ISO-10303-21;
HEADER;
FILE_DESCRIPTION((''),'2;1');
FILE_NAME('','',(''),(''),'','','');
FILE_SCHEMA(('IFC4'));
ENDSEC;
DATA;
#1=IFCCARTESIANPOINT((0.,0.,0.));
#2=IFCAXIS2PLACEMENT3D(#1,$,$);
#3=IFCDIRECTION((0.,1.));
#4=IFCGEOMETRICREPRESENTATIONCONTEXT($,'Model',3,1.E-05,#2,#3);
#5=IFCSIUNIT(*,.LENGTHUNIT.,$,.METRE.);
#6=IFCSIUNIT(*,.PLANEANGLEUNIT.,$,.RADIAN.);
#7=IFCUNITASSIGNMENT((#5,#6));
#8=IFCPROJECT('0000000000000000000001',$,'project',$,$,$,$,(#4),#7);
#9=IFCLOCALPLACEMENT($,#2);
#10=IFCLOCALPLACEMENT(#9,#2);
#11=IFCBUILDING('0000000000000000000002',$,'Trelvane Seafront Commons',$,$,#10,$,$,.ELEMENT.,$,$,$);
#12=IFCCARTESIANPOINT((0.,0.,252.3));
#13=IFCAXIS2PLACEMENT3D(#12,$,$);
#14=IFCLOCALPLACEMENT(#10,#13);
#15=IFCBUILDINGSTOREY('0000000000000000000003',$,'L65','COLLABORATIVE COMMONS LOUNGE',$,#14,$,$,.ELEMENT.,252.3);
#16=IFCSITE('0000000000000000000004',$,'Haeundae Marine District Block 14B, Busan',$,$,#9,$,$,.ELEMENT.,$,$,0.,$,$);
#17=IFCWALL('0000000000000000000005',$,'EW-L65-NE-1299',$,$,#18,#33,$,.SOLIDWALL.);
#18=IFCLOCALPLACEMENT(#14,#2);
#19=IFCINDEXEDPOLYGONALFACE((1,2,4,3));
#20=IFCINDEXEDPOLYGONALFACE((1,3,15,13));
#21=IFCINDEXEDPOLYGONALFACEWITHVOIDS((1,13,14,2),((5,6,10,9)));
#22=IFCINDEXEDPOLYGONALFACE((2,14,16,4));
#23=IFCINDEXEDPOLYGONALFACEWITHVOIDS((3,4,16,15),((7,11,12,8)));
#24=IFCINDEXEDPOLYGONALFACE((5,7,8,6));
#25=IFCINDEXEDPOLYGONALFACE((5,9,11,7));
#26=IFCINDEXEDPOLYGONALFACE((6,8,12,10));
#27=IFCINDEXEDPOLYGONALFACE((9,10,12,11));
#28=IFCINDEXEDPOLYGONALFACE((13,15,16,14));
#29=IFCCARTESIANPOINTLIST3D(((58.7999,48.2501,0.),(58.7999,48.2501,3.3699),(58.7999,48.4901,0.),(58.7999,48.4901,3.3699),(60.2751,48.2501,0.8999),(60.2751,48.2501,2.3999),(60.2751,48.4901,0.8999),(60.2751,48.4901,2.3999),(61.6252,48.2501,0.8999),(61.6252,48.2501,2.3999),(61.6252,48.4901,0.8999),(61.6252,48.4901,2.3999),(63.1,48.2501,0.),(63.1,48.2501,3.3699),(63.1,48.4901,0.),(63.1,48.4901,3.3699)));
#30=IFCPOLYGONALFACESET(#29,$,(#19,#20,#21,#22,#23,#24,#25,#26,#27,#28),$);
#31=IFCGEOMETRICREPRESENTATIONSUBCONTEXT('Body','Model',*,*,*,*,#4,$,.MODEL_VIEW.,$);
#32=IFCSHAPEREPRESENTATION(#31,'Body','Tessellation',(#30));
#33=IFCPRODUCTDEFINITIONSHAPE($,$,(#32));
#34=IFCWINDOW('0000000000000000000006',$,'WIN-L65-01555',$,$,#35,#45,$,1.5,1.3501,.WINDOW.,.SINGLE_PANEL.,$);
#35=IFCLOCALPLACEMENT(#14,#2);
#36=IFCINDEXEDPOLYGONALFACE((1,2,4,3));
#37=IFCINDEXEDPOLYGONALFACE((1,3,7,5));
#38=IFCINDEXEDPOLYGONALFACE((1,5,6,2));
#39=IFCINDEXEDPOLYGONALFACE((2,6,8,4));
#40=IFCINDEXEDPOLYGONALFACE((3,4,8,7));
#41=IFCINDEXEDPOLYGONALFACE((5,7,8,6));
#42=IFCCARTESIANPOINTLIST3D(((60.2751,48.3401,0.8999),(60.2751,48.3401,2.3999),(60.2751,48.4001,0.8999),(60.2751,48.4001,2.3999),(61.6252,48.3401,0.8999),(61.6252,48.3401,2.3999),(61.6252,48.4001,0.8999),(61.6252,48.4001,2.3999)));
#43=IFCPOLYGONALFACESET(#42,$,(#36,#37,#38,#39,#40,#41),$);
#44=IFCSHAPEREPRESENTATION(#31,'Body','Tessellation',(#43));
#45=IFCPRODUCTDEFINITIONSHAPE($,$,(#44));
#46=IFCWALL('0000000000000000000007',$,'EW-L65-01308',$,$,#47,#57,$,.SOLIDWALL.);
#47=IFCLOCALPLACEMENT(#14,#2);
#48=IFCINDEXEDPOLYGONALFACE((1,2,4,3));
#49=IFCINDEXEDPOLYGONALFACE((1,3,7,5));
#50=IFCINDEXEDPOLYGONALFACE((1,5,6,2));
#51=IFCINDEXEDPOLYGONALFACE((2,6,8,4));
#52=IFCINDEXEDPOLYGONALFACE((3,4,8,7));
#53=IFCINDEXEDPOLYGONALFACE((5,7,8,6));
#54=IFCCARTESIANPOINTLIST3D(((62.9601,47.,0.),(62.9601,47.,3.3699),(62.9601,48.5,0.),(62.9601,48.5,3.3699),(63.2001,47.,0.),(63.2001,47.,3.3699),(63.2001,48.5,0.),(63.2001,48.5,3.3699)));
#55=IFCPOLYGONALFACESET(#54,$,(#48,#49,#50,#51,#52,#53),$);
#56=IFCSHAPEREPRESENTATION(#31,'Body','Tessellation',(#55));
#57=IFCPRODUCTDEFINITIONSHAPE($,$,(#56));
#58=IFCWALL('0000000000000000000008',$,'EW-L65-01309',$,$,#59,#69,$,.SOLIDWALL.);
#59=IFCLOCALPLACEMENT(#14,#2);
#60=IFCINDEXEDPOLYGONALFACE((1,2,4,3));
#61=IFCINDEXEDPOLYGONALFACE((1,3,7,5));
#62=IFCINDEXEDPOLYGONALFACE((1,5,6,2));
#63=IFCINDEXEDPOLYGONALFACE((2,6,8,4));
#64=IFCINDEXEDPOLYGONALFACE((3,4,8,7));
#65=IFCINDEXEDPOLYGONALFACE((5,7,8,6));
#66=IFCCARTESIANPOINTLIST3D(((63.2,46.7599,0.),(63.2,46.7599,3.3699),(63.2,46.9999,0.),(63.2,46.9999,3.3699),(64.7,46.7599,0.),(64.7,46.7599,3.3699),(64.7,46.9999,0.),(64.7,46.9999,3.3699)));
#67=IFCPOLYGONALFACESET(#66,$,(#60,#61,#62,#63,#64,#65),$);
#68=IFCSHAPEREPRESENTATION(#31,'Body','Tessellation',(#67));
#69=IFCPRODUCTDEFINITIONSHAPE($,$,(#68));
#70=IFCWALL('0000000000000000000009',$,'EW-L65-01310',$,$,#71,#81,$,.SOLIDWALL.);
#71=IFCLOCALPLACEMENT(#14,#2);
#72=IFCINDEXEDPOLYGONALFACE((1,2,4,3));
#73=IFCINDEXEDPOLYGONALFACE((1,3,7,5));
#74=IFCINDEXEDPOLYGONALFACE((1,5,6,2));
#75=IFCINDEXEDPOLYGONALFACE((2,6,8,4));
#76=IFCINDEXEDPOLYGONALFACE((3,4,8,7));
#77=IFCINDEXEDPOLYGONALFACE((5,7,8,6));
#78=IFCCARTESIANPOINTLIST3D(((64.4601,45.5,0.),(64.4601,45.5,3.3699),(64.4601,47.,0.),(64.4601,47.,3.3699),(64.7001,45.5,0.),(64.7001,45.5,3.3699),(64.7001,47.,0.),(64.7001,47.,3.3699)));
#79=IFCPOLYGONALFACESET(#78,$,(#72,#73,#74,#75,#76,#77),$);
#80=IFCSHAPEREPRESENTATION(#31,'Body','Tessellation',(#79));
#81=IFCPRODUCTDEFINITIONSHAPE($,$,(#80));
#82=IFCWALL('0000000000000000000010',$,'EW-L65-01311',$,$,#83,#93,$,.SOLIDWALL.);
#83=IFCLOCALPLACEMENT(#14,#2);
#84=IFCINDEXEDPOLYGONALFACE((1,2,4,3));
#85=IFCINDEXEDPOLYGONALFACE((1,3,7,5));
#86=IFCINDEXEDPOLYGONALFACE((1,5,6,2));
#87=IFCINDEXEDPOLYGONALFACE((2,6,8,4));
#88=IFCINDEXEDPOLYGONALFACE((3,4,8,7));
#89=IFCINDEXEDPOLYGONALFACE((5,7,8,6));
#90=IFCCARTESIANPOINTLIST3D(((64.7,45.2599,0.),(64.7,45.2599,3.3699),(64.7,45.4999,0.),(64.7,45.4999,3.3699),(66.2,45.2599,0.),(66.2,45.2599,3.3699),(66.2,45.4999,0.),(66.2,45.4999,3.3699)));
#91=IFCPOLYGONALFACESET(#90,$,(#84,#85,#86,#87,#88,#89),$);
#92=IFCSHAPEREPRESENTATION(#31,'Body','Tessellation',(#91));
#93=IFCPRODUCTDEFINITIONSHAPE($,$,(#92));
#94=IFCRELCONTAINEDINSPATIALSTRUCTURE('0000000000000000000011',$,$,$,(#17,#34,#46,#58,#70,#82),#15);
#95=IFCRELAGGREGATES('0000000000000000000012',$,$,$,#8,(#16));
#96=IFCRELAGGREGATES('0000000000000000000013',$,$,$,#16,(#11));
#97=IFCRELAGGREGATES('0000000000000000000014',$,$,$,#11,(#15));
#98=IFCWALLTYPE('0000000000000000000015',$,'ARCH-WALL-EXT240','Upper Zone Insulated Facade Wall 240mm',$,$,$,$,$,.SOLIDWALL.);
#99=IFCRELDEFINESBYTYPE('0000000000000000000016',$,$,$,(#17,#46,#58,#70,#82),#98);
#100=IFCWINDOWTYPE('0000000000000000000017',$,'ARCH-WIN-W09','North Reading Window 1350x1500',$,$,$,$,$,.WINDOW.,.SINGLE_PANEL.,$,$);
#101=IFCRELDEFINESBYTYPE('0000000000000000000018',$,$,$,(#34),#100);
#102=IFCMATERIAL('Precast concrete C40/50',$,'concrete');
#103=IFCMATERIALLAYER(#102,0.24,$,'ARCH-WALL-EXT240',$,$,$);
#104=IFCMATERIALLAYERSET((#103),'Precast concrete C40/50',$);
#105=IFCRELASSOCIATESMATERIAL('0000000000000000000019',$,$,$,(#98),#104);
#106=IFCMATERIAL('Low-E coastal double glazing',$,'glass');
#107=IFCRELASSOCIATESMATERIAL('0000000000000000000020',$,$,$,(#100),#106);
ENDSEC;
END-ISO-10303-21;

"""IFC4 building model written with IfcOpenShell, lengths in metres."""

from ifc_helpers import new_model, si_unit, direction, frame, frame_2d, origin, place, context, subcontext, project, spatial, rectangle, extrude, source, transform, mapped, material, layer, layer_set, type_object, element, fill, save


model = new_model("IFC4")

# Units and contexts
model_context = context("Model", 3, precision=1e-05, world=origin(), true_north=direction((0.0, 1.0)))
body_context = subcontext(model_context, "Body", "Model", "MODEL_VIEW")
ifc_project = project(units=[si_unit("LENGTHUNIT", "METRE"), si_unit("PLANEANGLEUNIT", "RADIAN")], contexts=[model_context])

# Site, building, storey
site_placement = place(None, origin())
site = spatial("IfcSite", under=ifc_project, at=site_placement, Name="Haeundae Marine District Block 14B, Busan", CompositionType="ELEMENT", RefElevation=0.0)
building_placement = place(site_placement, origin())
building = spatial("IfcBuilding", under=site, at=building_placement, Name="Trelvane Seafront Commons", CompositionType="ELEMENT")
storey_placement = place(building_placement, frame((0.0, 0.0, 252.3)))
storey = spatial("IfcBuildingStorey", under=building, at=storey_placement, Name="L65", Description="COLLABORATIVE COMMONS LOUNGE", CompositionType="ELEMENT", Elevation=252.3)

# Shared definitions
ifc_material_1 = material(Name="Low-E coastal double glazing", Category="glass")

# Wall, opening, window
ifc_material_2 = material(Name="Precast concrete C40/50", Category="concrete")
ifc_layer_1 = layer(ifc_material_2, 0.24, Name="ARCH-WALL-EXT240")
ifc_layer_set_1 = layer_set([ifc_layer_1], Name="Precast concrete C40/50")
wall_type_1 = type_object("IfcWallType", Name="ARCH-WALL-EXT240", Description="Upper Zone Insulated Facade Wall 240mm", PredefinedType="SOLIDWALL", material=ifc_layer_set_1)
wall_1_placement = place(storey_placement, frame((58.8, 48.3701, 0.0), z_axis=(0.0, 0.0, 1.0), x_axis=(1.0, 0.0, 0.0)))
wall_1 = element("IfcWall", 1, at=wall_1_placement, inside=storey, type_object=wall_type_1, Name="EW-L65-NE-1299", PredefinedType="SOLIDWALL", context=body_context, shape_type="SweptSolid", body=[
    extrude(rectangle(XDim=4.3, YDim=0.24, at=frame_2d((2.1499, 0.0))), origin(), (0.0, 0.0, 1.0), 3.3699),
])
opening_1_placement = place(wall_1_placement, frame((1.4751, 0.0, 0.8999)))
opening_1 = element("IfcOpeningElement", 2, at=opening_1_placement, cuts=wall_1, PredefinedType="OPENING", context=body_context, shape_type="SweptSolid", body=[
    extrude(rectangle(XDim=1.3501, YDim=1.5, at=frame_2d((0.675, 0.75))), frame((0.0, 0.1299, 0.0), z_axis=(0.0, -1.0, 0.0), x_axis=(1.0, 0.0, 0.0)), (0.0, 0.0, 1.0), 0.26),
])
window_type_1 = type_object("IfcWindowType", Name="ARCH-WIN-W09", Description="North Reading Window 1350x1500", PartitioningType="SINGLE_PANEL", PredefinedType="WINDOW", material=ifc_material_1)
shared_shape_1 = source(origin(), body_context, "Body", "SweptSolid", [
    extrude(rectangle(XDim=1.3501, YDim=1.5, at=frame_2d((0.675, 0.75))), frame((0.0, 0.03, 0.0), z_axis=(0.0, -1.0, 0.0), x_axis=(1.0, 0.0, 0.0)), (0.0, 0.0, 1.0), 0.0601),
])
window_1_placement = place(opening_1_placement, origin())
window_1 = element("IfcWindow", 3, at=window_1_placement, inside=storey, type_object=window_type_1, Name="WIN-L65-01555", OverallHeight=1.5, OverallWidth=1.3501, PartitioningType="SINGLE_PANEL", PredefinedType="WINDOW", context=body_context, shape_type="MappedRepresentation", body=[
    mapped(shared_shape_1, transform((0.0, 0.0, 0.0), x_axis=(1.0, 0.0, 0.0), y_axis=(0.0, 1.0, 0.0), z_axis=(0.0, 0.0, 1.0), scale=1.0)),
])
fill(opening_1, window_1)

# Walls
for number, where, z_axis, x_axis, name in (
    (4, (63.0801, 48.5, 0.0), (0.0, 0.0, 1.0), (0.0, -1.0, 0.0), "EW-L65-01308"),
    (5, (63.2, 46.8799, 0.0), (0.0, 0.0, 1.0), (1.0, 0.0, 0.0), "EW-L65-01309"),
    (6, (64.5801, 47.0, 0.0), (0.0, 0.0, 1.0), (0.0, -1.0, 0.0), "EW-L65-01310"),
    (7, (64.7, 45.3799, 0.0), (0.0, 0.0, 1.0), (1.0, 0.0, 0.0), "EW-L65-01311"),
):
    element("IfcWall", number, at=place(storey_placement, frame(where, z_axis=z_axis, x_axis=x_axis)), inside=storey, type_object=wall_type_1, Name=name, PredefinedType="SOLIDWALL", context=body_context, shape_type="SweptSolid", body=[
        extrude(rectangle(XDim=1.5, YDim=0.24, at=frame_2d((0.75, 0.0))), origin(), (0.0, 0.0, 1.0), 3.3699),
    ])

save(model, "model.ifc")
